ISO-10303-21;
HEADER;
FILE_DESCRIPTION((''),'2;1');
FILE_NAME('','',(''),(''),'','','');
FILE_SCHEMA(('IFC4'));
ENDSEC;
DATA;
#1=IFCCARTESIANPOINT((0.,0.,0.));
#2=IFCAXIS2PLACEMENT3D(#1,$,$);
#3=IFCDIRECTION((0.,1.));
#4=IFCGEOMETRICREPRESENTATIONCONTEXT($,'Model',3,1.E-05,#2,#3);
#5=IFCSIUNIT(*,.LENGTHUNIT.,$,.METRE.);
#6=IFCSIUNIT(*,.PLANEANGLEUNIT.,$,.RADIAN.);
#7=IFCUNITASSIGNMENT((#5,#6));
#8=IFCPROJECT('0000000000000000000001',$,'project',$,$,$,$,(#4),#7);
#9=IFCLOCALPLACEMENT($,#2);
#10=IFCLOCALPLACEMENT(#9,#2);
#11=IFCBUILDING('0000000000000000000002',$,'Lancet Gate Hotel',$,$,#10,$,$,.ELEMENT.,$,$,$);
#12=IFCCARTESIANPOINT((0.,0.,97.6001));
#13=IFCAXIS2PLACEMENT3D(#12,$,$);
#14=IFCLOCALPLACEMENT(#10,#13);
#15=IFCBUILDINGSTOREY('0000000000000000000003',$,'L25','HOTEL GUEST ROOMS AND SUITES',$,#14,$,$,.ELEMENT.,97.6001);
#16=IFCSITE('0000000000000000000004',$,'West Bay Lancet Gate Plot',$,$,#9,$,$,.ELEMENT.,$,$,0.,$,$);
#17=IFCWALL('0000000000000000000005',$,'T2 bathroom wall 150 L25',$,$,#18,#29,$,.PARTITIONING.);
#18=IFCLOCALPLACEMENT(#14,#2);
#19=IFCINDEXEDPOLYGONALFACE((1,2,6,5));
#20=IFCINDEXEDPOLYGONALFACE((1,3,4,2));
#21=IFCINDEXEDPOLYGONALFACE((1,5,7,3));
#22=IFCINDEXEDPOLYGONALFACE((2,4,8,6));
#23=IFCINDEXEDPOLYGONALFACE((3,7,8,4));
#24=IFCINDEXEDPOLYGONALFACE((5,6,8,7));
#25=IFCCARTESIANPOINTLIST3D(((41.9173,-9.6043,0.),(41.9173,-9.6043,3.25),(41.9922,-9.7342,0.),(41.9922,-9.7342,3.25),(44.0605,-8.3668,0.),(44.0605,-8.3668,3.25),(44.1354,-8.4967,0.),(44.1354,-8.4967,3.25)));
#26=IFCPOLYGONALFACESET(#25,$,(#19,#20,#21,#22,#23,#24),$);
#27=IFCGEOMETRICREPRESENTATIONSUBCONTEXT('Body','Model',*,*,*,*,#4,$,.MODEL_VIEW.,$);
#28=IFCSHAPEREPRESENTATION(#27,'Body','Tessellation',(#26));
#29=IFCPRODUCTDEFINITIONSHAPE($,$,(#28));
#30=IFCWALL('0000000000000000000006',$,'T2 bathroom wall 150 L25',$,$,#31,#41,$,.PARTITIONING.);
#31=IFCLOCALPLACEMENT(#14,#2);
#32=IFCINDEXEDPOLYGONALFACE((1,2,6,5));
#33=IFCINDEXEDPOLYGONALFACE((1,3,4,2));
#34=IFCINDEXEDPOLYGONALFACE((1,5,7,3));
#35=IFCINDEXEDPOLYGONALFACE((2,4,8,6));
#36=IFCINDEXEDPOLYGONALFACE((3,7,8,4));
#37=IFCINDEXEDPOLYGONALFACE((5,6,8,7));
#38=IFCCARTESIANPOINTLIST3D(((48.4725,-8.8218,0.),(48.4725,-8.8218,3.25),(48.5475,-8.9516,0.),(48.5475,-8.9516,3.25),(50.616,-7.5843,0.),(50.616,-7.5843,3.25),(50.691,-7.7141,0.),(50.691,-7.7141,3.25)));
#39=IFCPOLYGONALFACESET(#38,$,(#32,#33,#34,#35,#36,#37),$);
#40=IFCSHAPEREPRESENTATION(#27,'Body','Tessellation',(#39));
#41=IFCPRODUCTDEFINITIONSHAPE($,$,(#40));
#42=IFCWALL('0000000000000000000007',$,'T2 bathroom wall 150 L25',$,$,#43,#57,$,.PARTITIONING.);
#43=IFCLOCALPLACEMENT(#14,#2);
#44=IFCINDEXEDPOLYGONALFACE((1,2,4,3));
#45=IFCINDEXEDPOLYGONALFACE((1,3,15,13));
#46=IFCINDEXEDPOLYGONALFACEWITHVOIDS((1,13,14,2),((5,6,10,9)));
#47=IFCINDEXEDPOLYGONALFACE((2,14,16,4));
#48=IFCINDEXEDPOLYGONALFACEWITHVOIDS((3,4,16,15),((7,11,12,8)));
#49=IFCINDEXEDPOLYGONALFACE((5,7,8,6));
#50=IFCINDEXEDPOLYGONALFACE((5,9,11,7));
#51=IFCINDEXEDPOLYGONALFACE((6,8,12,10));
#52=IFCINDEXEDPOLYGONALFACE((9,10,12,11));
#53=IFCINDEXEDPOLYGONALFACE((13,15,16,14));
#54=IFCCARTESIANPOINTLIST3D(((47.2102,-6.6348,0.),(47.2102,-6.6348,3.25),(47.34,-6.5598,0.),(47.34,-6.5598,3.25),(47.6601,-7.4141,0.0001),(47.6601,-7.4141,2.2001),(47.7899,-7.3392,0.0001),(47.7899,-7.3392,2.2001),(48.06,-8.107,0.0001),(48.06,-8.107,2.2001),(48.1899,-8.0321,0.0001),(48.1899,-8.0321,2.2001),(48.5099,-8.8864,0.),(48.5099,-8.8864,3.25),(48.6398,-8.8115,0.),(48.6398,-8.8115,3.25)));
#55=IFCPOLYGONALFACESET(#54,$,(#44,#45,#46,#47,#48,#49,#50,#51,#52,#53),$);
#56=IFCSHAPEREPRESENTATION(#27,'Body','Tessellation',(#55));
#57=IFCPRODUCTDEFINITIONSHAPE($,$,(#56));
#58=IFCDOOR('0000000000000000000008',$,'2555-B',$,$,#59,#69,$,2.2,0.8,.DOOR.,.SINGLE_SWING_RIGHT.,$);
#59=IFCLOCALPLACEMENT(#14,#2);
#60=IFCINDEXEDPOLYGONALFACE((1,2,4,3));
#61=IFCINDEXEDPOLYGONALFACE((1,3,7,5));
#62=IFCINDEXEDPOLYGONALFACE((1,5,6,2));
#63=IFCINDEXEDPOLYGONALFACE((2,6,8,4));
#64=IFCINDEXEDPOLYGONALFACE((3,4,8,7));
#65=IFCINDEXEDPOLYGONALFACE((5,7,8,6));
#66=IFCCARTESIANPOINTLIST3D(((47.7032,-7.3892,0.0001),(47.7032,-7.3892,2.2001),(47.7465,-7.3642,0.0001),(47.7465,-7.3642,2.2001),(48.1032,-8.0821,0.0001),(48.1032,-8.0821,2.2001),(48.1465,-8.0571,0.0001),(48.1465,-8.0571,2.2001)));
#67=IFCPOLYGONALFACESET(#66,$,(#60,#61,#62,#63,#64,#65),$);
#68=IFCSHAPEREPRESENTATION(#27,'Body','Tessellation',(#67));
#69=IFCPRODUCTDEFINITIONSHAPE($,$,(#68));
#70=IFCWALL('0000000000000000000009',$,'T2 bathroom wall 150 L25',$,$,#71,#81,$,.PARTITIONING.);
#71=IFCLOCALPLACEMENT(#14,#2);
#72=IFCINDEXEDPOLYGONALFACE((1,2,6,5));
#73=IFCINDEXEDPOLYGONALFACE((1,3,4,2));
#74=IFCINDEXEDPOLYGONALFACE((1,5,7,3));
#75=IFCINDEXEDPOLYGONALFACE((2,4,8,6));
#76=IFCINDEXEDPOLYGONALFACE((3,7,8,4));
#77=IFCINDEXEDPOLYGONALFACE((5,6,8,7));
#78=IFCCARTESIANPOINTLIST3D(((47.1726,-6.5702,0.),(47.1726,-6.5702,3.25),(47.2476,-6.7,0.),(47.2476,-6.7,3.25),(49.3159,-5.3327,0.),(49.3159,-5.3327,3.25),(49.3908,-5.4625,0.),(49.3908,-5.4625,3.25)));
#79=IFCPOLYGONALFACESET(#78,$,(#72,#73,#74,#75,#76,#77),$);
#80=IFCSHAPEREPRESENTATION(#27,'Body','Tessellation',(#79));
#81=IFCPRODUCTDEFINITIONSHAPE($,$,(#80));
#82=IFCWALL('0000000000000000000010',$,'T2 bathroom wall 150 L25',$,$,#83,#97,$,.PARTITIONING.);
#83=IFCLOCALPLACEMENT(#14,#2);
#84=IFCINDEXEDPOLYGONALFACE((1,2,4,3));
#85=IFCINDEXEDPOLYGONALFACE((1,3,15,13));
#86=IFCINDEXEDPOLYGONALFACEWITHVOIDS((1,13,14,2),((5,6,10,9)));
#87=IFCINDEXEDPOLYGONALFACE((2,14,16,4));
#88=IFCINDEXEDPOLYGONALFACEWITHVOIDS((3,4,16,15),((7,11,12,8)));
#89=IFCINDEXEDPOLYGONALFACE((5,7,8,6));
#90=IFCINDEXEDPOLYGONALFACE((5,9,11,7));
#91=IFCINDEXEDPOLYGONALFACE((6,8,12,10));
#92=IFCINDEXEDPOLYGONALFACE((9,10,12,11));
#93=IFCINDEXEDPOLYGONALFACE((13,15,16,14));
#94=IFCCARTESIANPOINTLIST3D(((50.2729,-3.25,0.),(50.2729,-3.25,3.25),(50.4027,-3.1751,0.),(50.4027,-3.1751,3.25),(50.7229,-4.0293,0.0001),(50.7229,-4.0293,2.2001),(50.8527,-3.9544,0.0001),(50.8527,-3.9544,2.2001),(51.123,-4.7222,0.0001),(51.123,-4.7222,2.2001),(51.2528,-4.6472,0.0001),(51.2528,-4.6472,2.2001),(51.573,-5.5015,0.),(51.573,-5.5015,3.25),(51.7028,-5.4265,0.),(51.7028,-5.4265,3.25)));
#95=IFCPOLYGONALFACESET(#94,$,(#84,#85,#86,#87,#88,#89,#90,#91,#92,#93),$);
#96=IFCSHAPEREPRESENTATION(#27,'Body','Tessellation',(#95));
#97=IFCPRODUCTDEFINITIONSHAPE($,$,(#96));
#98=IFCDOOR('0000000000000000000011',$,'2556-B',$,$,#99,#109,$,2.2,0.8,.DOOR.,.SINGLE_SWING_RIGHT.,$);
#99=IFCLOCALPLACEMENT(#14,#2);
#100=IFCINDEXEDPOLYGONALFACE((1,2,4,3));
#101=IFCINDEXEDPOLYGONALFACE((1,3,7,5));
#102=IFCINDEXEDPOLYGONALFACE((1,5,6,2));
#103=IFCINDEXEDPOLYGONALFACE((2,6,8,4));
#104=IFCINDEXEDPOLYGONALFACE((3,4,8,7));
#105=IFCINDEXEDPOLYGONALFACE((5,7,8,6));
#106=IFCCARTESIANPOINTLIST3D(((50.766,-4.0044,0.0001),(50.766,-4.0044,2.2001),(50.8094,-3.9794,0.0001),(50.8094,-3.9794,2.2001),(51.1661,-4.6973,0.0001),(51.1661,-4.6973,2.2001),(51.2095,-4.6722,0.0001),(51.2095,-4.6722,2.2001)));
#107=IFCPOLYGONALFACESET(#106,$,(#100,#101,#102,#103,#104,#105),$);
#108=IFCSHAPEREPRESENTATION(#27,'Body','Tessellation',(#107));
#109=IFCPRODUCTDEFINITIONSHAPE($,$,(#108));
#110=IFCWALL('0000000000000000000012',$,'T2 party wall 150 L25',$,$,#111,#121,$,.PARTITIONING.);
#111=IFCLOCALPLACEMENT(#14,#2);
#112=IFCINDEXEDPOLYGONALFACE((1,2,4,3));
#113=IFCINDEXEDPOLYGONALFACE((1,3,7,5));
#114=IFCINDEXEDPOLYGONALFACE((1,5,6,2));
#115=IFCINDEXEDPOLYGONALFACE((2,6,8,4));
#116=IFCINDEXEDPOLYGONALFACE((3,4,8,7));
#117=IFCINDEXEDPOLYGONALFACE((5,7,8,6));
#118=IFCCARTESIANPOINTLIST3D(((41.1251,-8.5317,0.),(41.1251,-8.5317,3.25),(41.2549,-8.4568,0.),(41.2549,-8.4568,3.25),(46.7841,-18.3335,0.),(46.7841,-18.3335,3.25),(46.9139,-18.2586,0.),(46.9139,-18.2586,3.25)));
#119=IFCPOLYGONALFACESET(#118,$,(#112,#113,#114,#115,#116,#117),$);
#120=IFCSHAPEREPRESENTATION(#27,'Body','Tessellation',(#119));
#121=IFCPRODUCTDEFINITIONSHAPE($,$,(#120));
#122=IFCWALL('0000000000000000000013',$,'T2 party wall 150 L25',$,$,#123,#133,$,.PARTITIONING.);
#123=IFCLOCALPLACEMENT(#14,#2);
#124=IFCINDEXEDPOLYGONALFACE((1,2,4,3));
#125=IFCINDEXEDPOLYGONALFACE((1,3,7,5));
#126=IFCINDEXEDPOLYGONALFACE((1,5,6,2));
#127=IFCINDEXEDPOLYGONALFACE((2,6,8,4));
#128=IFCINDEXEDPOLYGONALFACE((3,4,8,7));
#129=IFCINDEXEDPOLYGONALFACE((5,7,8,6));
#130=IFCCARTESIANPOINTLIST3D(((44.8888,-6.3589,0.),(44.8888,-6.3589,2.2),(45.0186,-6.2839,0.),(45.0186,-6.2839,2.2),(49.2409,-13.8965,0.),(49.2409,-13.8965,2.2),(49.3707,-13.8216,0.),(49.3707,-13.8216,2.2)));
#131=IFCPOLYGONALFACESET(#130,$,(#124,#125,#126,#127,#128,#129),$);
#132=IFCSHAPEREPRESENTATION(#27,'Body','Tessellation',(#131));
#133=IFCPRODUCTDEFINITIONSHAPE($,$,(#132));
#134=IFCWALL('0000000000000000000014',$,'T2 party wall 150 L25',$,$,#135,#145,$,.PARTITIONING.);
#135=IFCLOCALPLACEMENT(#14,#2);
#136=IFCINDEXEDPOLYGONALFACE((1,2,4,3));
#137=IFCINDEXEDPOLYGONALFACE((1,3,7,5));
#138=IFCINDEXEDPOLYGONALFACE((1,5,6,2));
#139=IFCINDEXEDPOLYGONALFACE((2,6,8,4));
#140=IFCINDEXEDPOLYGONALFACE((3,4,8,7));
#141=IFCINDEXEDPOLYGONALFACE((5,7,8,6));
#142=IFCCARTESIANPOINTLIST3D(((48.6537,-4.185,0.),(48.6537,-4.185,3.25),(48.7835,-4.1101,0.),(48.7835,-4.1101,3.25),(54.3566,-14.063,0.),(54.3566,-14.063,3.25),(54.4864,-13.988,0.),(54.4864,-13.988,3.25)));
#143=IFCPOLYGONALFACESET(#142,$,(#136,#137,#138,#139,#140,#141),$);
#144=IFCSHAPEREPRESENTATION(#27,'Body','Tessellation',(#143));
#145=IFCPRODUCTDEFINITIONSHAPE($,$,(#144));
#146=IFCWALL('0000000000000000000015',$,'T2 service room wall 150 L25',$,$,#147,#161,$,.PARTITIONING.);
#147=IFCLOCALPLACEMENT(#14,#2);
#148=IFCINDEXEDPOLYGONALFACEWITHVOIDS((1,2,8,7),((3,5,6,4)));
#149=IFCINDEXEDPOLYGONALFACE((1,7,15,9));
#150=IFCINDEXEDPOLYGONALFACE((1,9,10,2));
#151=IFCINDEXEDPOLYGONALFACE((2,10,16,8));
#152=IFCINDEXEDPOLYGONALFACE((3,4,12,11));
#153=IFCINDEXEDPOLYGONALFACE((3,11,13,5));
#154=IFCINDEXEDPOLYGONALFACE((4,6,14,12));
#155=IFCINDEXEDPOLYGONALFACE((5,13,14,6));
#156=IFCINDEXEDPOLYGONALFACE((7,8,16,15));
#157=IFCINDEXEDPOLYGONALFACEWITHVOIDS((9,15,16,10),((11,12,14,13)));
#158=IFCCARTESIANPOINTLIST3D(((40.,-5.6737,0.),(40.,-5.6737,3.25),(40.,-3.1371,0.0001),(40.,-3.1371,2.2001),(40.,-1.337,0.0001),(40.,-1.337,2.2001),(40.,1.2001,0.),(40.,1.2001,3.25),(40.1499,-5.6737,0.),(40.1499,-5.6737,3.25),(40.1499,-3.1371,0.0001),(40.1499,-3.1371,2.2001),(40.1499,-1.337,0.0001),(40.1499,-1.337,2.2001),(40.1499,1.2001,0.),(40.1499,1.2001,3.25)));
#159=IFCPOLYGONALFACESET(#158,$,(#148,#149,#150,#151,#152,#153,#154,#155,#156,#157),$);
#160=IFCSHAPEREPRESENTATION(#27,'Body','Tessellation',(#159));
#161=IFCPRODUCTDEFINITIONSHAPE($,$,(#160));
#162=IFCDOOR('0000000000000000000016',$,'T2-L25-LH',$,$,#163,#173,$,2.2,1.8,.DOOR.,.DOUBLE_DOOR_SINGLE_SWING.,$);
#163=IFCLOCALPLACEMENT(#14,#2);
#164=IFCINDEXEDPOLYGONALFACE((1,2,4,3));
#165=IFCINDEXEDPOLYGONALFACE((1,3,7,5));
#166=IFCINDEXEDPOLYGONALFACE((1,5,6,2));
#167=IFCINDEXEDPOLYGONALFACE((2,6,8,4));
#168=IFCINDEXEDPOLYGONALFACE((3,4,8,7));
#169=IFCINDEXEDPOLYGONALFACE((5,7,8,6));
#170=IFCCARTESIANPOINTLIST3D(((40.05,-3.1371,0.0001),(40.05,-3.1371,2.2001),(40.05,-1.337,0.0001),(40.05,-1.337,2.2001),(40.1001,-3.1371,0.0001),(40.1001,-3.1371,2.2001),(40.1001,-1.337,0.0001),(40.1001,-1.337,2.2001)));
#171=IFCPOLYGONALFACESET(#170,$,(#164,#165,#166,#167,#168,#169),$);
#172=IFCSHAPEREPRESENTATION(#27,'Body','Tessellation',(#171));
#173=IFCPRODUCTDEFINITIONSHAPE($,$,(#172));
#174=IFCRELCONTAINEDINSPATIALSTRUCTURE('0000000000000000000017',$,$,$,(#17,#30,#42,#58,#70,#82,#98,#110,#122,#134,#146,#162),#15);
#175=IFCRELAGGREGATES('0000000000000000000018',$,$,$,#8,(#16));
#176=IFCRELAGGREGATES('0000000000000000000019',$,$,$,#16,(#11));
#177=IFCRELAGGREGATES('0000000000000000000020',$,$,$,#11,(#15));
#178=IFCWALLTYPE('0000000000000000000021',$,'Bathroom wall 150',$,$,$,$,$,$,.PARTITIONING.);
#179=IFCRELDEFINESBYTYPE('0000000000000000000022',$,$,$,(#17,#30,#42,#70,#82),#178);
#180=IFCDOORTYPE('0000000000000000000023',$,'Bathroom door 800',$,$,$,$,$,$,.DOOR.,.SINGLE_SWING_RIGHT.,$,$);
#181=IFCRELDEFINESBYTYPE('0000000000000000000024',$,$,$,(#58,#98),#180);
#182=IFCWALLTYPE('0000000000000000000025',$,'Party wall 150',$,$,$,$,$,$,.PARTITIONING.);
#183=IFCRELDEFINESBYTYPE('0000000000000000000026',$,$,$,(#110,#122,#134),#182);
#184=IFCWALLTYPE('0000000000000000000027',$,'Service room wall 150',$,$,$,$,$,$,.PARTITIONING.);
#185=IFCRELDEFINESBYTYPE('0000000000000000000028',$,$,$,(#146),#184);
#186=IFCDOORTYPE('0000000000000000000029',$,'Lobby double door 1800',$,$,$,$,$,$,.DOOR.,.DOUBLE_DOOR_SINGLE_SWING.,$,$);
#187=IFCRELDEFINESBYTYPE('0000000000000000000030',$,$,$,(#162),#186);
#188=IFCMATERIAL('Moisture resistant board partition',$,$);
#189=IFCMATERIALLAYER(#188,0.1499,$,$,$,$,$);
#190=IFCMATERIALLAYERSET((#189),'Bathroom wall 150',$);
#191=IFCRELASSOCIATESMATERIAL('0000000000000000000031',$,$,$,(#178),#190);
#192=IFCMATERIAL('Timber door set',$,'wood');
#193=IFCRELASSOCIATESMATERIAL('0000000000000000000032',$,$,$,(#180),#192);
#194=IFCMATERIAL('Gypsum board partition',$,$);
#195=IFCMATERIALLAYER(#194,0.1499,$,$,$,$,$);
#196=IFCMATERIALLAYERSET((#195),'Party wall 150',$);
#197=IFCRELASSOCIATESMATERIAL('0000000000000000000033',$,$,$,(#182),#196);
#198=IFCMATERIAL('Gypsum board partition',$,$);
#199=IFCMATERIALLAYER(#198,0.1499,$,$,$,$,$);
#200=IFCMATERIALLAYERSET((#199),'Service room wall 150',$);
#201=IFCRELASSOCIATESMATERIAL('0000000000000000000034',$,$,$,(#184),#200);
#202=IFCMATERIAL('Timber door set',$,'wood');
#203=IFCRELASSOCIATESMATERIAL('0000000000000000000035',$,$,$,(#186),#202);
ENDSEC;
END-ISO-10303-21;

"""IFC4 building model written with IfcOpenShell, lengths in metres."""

from ifc_helpers import new_model, si_unit, direction, frame, frame_2d, origin, place, context, subcontext, project, spatial, rectangle, extrude, material, layer, layer_set, type_object, element, fill, save


model = new_model("IFC4")

# Units and contexts
model_context = context("Model", 3, precision=1e-05, world=origin(), true_north=direction((0.0, 1.0)))
body_context = subcontext(model_context, "Body", "Model", "MODEL_VIEW")
ifc_project = project(units=[si_unit("LENGTHUNIT", "METRE"), si_unit("PLANEANGLEUNIT", "RADIAN")], contexts=[model_context])

# Site, building, storey
site_placement = place(None, origin())
site = spatial("IfcSite", under=ifc_project, at=site_placement, Name="West Bay Lancet Gate Plot", CompositionType="ELEMENT", RefElevation=0.0)
building_placement = place(site_placement, origin())
building = spatial("IfcBuilding", under=site, at=building_placement, Name="Lancet Gate Hotel", CompositionType="ELEMENT")
storey_placement = place(building_placement, frame((0.0, 0.0, 97.6001)))
storey = spatial("IfcBuildingStorey", under=building, at=storey_placement, Name="L25", Description="HOTEL GUEST ROOMS AND SUITES", CompositionType="ELEMENT", Elevation=97.6001)

# Shared definitions
ifc_material_1 = material(Name="Moisture resistant board partition")
ifc_layer_1 = layer(ifc_material_1, 0.1499)
ifc_layer_set_1 = layer_set([ifc_layer_1], Name="Bathroom wall 150")
wall_type_1 = type_object("IfcWallType", Name="Bathroom wall 150", PredefinedType="PARTITIONING", material=ifc_layer_set_1)

# Shared definitions
ifc_material_2 = material(Name="Timber door set", Category="wood")
door_type_1 = type_object("IfcDoorType", Name="Bathroom door 800", OperationType="SINGLE_SWING_RIGHT", PredefinedType="DOOR", material=ifc_material_2)

# Walls
wall_1_placement = place(storey_placement, frame((41.9548, -9.6692, 0.0), z_axis=(0.0, 0.0, 1.0), x_axis=(0.866007, 0.500033, 0.0)))
element("IfcWall", 1, at=wall_1_placement, inside=storey, type_object=wall_type_1, Name="T2 bathroom wall 150 L25", PredefinedType="PARTITIONING", context=body_context, shape_type="SweptSolid", body=[
    extrude(rectangle(XDim=2.4749, YDim=0.1499, at=frame_2d((1.2373, 0.0))), origin(), (0.0, 0.0, 1.0), 3.25),
])
wall_2_placement = place(storey_placement, frame((48.51, -8.8867, 0.0), z_axis=(0.0, 0.0, 1.0), x_axis=(0.866031, 0.49999, 0.0)))
element("IfcWall", 2, at=wall_2_placement, inside=storey, type_object=wall_type_1, Name="T2 bathroom wall 150 L25", PredefinedType="PARTITIONING", context=body_context, shape_type="SweptSolid", body=[
    extrude(rectangle(XDim=2.4751, YDim=0.1499, at=frame_2d((1.2375, 0.0))), origin(), (0.0, 0.0, 1.0), 3.25),
])

# Wall, opening, door
wall_3_placement = place(storey_placement, frame((47.2751, -6.5974, 0.0), z_axis=(0.0, 0.0, 1.0), x_axis=(0.499937, -0.866062, 0.0)))
wall_3 = element("IfcWall", 3, at=wall_3_placement, inside=storey, type_object=wall_type_1, Name="T2 bathroom wall 150 L25", PredefinedType="PARTITIONING", context=body_context, shape_type="SweptSolid", body=[
    extrude(rectangle(XDim=2.5999, YDim=0.1499, at=frame_2d((1.2998, 0.0))), origin(), (0.0, 0.0, 1.0), 3.25),
])
opening_1_placement = place(wall_3_placement, frame((0.8999, 0.0, 0.0)))
opening_1 = element("IfcOpeningElement", 4, at=opening_1_placement, cuts=wall_3, PredefinedType="OPENING", context=body_context, shape_type="SweptSolid", body=[
    extrude(rectangle(XDim=0.8, YDim=2.2, at=frame_2d((0.3999, 1.1001))), frame((0.0, 0.085, 0.0), z_axis=(0.0, -1.0, 0.0), x_axis=(1.0, 0.0, 0.0)), (0.0, 0.0, 1.0), 0.1699),
])
door_1_placement = place(opening_1_placement, origin())
door_1 = element("IfcDoor", 5, at=door_1_placement, inside=storey, type_object=door_type_1, Name="2555-B", OperationType="SINGLE_SWING_RIGHT", OverallHeight=2.2, OverallWidth=0.8, PredefinedType="DOOR", context=body_context, shape_type="SweptSolid", body=[
    extrude(rectangle(XDim=0.8, YDim=2.2, at=frame_2d((0.3999, 1.1001))), frame((0.0, 0.0249, 0.0), z_axis=(0.0, -1.0, 0.0), x_axis=(1.0, 0.0, 0.0)), (0.0, 0.0, 1.0), 0.05),
])
fill(opening_1, door_1)

# Wall
wall_4_placement = place(storey_placement, frame((47.2102, -6.635, 0.0), z_axis=(0.0, 0.0, 1.0), x_axis=(0.866007, 0.500033, 0.0)))
element("IfcWall", 6, at=wall_4_placement, inside=storey, type_object=wall_type_1, Name="T2 bathroom wall 150 L25", PredefinedType="PARTITIONING", context=body_context, shape_type="SweptSolid", body=[
    extrude(rectangle(XDim=2.4749, YDim=0.1499, at=frame_2d((1.2373, 0.0))), origin(), (0.0, 0.0, 1.0), 3.25),
])

# Wall, opening, door
wall_5_placement = place(storey_placement, frame((50.3379, -3.2126, 0.0), z_axis=(0.0, 0.0, 1.0), x_axis=(0.500048, -0.865998, 0.0)))
wall_5 = element("IfcWall", 7, at=wall_5_placement, inside=storey, type_object=wall_type_1, Name="T2 bathroom wall 150 L25", PredefinedType="PARTITIONING", context=body_context, shape_type="SweptSolid", body=[
    extrude(rectangle(XDim=2.5999, YDim=0.1499, at=frame_2d((1.2998, 0.0))), origin(), (0.0, 0.0, 1.0), 3.25),
])
opening_2_placement = place(wall_5_placement, frame((0.8999, 0.0, 0.0)))
opening_2 = element("IfcOpeningElement", 8, at=opening_2_placement, cuts=wall_5, PredefinedType="OPENING", context=body_context, shape_type="SweptSolid", body=[
    extrude(rectangle(XDim=0.8, YDim=2.2, at=frame_2d((0.3999, 1.1001))), frame((0.0, 0.085, 0.0), z_axis=(0.0, -1.0, 0.0), x_axis=(1.0, 0.0, 0.0)), (0.0, 0.0, 1.0), 0.1699),
])
door_2_placement = place(opening_2_placement, origin())
door_2 = element("IfcDoor", 9, at=door_2_placement, inside=storey, type_object=door_type_1, Name="2556-B", OperationType="SINGLE_SWING_RIGHT", OverallHeight=2.2, OverallWidth=0.8, PredefinedType="DOOR", context=body_context, shape_type="SweptSolid", body=[
    extrude(rectangle(XDim=0.8, YDim=2.2, at=frame_2d((0.3999, 1.1001))), frame((0.0, 0.0249, 0.0), z_axis=(0.0, -1.0, 0.0), x_axis=(1.0, 0.0, 0.0)), (0.0, 0.0, 1.0), 0.05),
])
fill(opening_2, door_2)

# Walls
ifc_material_3 = material(Name="Gypsum board partition")
ifc_layer_2 = layer(ifc_material_3, 0.1499)
ifc_layer_set_2 = layer_set([ifc_layer_2], Name="Party wall 150")
wall_type_2 = type_object("IfcWallType", Name="Party wall 150", PredefinedType="PARTITIONING", material=ifc_layer_set_2)
wall_6_placement = place(storey_placement, frame((41.1899, -8.4941, 0.0), z_axis=(0.0, 0.0, 1.0), x_axis=(0.499993, -0.86603, 0.0)))
element("IfcWall", 10, at=wall_6_placement, inside=storey, type_object=wall_type_2, Name="T2 party wall 150 L25", PredefinedType="PARTITIONING", context=body_context, shape_type="SweptSolid", body=[
    extrude(rectangle(XDim=11.3181, YDim=0.1499, at=frame_2d((5.6592, 0.0))), origin(), (0.0, 0.0, 1.0), 3.25),
])
wall_7_placement = place(storey_placement, frame((44.9536, -6.3213, 0.0), z_axis=(0.0, 0.0, 1.0), x_axis=(0.500019, -0.866015, 0.0)))
element("IfcWall", 11, at=wall_7_placement, inside=storey, type_object=wall_type_2, Name="T2 party wall 150 L25", PredefinedType="PARTITIONING", context=body_context, shape_type="SweptSolid", body=[
    extrude(rectangle(XDim=8.7039, YDim=0.1499, at=frame_2d((4.3521, 0.0))), origin(), (0.0, 0.0, 1.0), 2.2),
])
wall_8_placement = place(storey_placement, frame((48.7185, -4.1475, 0.0), z_axis=(0.0, 0.0, 1.0), x_axis=(0.49999, -0.866031, 0.0)))
element("IfcWall", 12, at=wall_8_placement, inside=storey, type_object=wall_type_2, Name="T2 party wall 150 L25", PredefinedType="PARTITIONING", context=body_context, shape_type="SweptSolid", body=[
    extrude(rectangle(XDim=11.406, YDim=0.1499, at=frame_2d((5.7031, 0.0))), origin(), (0.0, 0.0, 1.0), 3.25),
])

# Wall, opening, door
ifc_material_4 = material(Name="Gypsum board partition")
ifc_layer_3 = layer(ifc_material_4, 0.1499)
ifc_layer_set_3 = layer_set([ifc_layer_3], Name="Service room wall 150")
wall_type_3 = type_object("IfcWallType", Name="Service room wall 150", PredefinedType="PARTITIONING", material=ifc_layer_set_3)
wall_9_placement = place(storey_placement, frame((40.075, -5.6738, 0.0), z_axis=(0.0, 0.0, 1.0), x_axis=(0.0, 1.0, 0.0)))
wall_9 = element("IfcWall", 13, at=wall_9_placement, inside=storey, type_object=wall_type_3, Name="T2 service room wall 150 L25", PredefinedType="PARTITIONING", context=body_context, shape_type="SweptSolid", body=[
    extrude(rectangle(XDim=6.8738, YDim=0.1499, at=frame_2d((3.437, 0.0))), origin(), (0.0, 0.0, 1.0), 3.25),
])
opening_3_placement = place(wall_9_placement, frame((2.5369, 0.0, 0.0)))
opening_3 = element("IfcOpeningElement", 14, at=opening_3_placement, cuts=wall_9, PredefinedType="OPENING", context=body_context, shape_type="SweptSolid", body=[
    extrude(rectangle(XDim=1.8, YDim=2.2, at=frame_2d((0.8999, 1.1001))), frame((0.0, 0.085, 0.0), z_axis=(0.0, -1.0, 0.0), x_axis=(1.0, 0.0, 0.0)), (0.0, 0.0, 1.0), 0.1699),
])
ifc_material_5 = material(Name="Timber door set", Category="wood")
door_type_2 = type_object("IfcDoorType", Name="Lobby double door 1800", OperationType="DOUBLE_DOOR_SINGLE_SWING", PredefinedType="DOOR", material=ifc_material_5)
door_3_placement = place(opening_3_placement, origin())
door_3 = element("IfcDoor", 15, at=door_3_placement, inside=storey, type_object=door_type_2, Name="T2-L25-LH", OperationType="DOUBLE_DOOR_SINGLE_SWING", OverallHeight=2.2, OverallWidth=1.8, PredefinedType="DOOR", context=body_context, shape_type="SweptSolid", body=[
    extrude(rectangle(XDim=1.8, YDim=2.2, at=frame_2d((0.8999, 1.1001))), frame((0.0, 0.0249, 0.0), z_axis=(0.0, -1.0, 0.0), x_axis=(1.0, 0.0, 0.0)), (0.0, 0.0, 1.0), 0.05),
])
fill(opening_3, door_3)

save(model, "model.ifc")
